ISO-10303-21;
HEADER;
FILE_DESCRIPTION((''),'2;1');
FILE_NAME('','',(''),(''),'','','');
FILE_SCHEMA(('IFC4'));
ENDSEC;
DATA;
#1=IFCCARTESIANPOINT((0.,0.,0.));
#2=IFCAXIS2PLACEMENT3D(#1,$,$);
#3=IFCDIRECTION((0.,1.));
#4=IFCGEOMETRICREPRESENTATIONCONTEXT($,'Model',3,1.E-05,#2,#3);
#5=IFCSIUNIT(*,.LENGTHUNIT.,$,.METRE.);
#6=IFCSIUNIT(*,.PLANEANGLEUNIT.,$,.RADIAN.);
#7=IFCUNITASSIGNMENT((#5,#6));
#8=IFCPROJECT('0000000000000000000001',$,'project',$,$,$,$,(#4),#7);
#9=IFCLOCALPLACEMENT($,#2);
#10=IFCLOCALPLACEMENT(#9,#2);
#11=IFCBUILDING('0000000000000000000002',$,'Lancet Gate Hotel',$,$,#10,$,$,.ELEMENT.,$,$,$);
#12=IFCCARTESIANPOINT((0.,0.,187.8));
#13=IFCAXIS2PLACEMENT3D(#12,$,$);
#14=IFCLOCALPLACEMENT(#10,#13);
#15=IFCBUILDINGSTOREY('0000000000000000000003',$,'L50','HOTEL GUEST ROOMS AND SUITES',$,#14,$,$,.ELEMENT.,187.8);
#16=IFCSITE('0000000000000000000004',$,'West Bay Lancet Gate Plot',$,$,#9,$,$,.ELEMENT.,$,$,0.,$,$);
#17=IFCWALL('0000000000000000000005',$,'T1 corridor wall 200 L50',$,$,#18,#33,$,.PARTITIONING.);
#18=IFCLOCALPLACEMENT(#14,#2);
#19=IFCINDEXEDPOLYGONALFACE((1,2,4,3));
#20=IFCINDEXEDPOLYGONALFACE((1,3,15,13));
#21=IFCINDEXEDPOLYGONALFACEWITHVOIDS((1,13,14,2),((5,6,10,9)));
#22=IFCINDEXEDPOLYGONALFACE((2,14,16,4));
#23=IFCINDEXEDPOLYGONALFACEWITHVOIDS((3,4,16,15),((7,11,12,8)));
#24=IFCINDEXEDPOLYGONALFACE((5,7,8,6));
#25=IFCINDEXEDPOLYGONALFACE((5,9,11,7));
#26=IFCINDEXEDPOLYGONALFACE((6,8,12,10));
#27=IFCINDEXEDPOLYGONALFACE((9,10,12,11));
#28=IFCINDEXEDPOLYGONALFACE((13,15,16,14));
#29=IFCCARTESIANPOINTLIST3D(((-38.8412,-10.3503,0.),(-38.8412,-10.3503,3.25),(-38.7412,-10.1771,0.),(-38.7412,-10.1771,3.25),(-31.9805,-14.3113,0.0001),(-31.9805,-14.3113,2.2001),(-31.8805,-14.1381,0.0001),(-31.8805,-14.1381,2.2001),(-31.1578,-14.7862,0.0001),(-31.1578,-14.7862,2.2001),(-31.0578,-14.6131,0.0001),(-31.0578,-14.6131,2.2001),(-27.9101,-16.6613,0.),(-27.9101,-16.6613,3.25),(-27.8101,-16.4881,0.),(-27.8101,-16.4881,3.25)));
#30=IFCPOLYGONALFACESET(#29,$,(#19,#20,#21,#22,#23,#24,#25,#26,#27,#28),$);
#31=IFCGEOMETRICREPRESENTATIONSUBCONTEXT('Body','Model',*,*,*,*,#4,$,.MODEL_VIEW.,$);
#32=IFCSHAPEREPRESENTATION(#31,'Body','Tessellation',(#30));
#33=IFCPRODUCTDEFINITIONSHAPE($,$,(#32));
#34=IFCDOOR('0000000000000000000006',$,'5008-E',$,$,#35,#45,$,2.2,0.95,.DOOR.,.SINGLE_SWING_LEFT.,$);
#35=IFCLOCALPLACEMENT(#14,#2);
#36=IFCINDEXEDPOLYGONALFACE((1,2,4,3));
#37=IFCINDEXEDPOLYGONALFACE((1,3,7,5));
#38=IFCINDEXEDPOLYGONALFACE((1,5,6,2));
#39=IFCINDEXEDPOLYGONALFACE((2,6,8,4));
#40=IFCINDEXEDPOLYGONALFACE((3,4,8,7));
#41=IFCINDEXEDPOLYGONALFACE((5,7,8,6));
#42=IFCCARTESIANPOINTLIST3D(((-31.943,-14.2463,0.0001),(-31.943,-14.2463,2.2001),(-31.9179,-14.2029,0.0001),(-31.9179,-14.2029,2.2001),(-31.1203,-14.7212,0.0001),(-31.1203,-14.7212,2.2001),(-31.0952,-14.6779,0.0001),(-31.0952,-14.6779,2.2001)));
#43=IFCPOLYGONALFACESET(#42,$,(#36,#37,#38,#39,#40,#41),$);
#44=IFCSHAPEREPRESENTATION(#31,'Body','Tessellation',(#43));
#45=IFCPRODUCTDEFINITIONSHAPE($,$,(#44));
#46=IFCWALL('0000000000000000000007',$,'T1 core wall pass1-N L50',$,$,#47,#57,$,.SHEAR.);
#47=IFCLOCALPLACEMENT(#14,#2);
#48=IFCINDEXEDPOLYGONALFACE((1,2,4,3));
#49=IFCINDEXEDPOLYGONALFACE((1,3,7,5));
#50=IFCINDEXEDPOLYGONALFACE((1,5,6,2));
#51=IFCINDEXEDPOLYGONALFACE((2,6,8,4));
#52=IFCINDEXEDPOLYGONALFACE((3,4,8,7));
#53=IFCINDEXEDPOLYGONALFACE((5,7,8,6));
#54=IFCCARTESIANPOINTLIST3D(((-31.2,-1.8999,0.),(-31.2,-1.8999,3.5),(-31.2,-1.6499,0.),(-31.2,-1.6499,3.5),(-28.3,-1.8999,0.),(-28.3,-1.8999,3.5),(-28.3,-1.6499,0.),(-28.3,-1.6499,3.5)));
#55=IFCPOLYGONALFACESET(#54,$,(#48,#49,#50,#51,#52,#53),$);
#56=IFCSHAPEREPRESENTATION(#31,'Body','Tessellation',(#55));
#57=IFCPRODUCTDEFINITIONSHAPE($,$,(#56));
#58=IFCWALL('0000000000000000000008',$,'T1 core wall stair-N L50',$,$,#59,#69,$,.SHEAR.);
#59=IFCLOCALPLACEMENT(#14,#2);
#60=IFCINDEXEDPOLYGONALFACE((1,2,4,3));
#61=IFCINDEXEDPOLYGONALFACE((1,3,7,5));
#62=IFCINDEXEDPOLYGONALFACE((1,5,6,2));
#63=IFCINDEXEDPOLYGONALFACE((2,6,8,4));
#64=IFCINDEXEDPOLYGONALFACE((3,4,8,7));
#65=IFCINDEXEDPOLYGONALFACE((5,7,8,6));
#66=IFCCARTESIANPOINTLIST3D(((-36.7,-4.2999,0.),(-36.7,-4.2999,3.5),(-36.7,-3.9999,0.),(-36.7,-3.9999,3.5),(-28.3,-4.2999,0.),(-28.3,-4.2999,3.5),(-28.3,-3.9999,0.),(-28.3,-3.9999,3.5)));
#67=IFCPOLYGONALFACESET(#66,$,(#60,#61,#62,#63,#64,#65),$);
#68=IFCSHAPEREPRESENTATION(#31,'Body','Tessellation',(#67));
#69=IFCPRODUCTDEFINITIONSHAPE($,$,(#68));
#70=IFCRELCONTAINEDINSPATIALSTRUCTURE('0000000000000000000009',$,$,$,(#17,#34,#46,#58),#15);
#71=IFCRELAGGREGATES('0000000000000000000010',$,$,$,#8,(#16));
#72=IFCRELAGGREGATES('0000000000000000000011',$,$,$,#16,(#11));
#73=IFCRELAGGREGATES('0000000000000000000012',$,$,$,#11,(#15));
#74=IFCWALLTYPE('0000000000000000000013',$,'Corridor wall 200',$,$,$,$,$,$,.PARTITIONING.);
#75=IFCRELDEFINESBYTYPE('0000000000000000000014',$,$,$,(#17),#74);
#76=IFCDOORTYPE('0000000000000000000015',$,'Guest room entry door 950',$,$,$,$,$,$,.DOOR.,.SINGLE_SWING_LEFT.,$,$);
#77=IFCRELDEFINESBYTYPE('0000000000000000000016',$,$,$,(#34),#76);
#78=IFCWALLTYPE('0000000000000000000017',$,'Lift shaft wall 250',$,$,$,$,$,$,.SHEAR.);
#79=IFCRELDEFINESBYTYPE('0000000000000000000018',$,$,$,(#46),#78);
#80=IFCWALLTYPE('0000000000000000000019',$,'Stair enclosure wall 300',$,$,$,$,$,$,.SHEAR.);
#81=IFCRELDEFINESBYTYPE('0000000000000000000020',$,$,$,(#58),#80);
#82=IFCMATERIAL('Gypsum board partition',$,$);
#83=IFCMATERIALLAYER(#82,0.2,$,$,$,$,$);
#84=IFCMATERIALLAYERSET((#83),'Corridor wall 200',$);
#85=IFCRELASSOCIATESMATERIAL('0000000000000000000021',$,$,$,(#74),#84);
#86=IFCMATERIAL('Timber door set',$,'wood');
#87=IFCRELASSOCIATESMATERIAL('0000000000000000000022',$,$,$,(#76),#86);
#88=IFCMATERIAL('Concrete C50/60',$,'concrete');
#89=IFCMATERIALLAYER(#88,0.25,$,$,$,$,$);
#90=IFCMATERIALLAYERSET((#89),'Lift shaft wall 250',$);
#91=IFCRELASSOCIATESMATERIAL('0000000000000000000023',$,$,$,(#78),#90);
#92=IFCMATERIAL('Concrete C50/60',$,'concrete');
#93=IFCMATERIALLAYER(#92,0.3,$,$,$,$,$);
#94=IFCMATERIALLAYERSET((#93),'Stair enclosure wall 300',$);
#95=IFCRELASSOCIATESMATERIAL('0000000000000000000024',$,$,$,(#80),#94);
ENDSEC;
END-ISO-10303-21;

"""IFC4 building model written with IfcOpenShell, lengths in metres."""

from ifc_helpers import new_model, si_unit, direction, frame, frame_2d, origin, place, context, subcontext, project, spatial, rectangle, extrude, material, layer, layer_set, type_object, element, fill, save


model = new_model("IFC4")

# Units and contexts
model_context = context("Model", 3, precision=1e-05, world=origin(), true_north=direction((0.0, 1.0)))
body_context = subcontext(model_context, "Body", "Model", "MODEL_VIEW")
ifc_project = project(units=[si_unit("LENGTHUNIT", "METRE"), si_unit("PLANEANGLEUNIT", "RADIAN")], contexts=[model_context])

# Site, building, storey
site_placement = place(None, origin())
site = spatial("IfcSite", under=ifc_project, at=site_placement, Name="West Bay Lancet Gate Plot", CompositionType="ELEMENT", RefElevation=0.0)
building_placement = place(site_placement, origin())
building = spatial("IfcBuilding", under=site, at=building_placement, Name="Lancet Gate Hotel", CompositionType="ELEMENT")
storey_placement = place(building_placement, frame((0.0, 0.0, 187.8)))
storey = spatial("IfcBuildingStorey", under=building, at=storey_placement, Name="L50", Description="HOTEL GUEST ROOMS AND SUITES", CompositionType="ELEMENT", Elevation=187.8)

# Wall, opening, door
ifc_material_1 = material(Name="Gypsum board partition")
ifc_layer_1 = layer(ifc_material_1, 0.2)
ifc_layer_set_1 = layer_set([ifc_layer_1], Name="Corridor wall 200")
wall_type_1 = type_object("IfcWallType", Name="Corridor wall 200", PredefinedType="PARTITIONING", material=ifc_layer_set_1)
wall_1_placement = place(storey_placement, frame((-27.8601, -16.5747, 0.0), z_axis=(0.0, 0.0, 1.0), x_axis=(-0.866028, 0.499996, 0.0)))
wall_1 = element("IfcWall", 1, at=wall_1_placement, inside=storey, type_object=wall_type_1, Name="T1 corridor wall 200 L50", PredefinedType="PARTITIONING", context=body_context, shape_type="SweptSolid", body=[
    extrude(rectangle(XDim=12.6221, YDim=0.2, at=frame_2d((6.311, 0.0))), origin(), (0.0, 0.0, 1.0), 3.25),
])
opening_1_placement = place(wall_1_placement, frame((3.75, 0.0, 0.0)))
opening_1 = element("IfcOpeningElement", 2, at=opening_1_placement, cuts=wall_1, PredefinedType="OPENING", context=body_context, shape_type="SweptSolid", body=[
    extrude(rectangle(XDim=0.95, YDim=2.2, at=frame_2d((0.4751, 1.1001))), frame((0.0, 0.1099, 0.0), z_axis=(0.0, -1.0, 0.0), x_axis=(1.0, 0.0, 0.0)), (0.0, 0.0, 1.0), 0.22),
])
ifc_material_2 = material(Name="Timber door set", Category="wood")
door_type_1 = type_object("IfcDoorType", Name="Guest room entry door 950", OperationType="SINGLE_SWING_LEFT", PredefinedType="DOOR", material=ifc_material_2)
door_1_placement = place(opening_1_placement, origin())
door_1 = element("IfcDoor", 3, at=door_1_placement, inside=storey, type_object=door_type_1, Name="5008-E", OperationType="SINGLE_SWING_LEFT", OverallHeight=2.2, OverallWidth=0.95, PredefinedType="DOOR", context=body_context, shape_type="SweptSolid", body=[
    extrude(rectangle(XDim=0.95, YDim=2.2, at=frame_2d((0.4751, 1.1001))), frame((0.0, 0.0249, 0.0), z_axis=(0.0, -1.0, 0.0), x_axis=(1.0, 0.0, 0.0)), (0.0, 0.0, 1.0), 0.05),
])
fill(opening_1, door_1)

# Walls
ifc_material_3 = material(Name="Concrete C50/60", Category="concrete")
ifc_layer_2 = layer(ifc_material_3, 0.25)
ifc_layer_set_2 = layer_set([ifc_layer_2], Name="Lift shaft wall 250")
wall_type_2 = type_object("IfcWallType", Name="Lift shaft wall 250", PredefinedType="SHEAR", material=ifc_layer_set_2)
wall_2_placement = place(storey_placement, frame((-28.3, -1.7749, 0.0), z_axis=(0.0, 0.0, 1.0), x_axis=(-1.0, 0.0, 0.0)))
element("IfcWall", 4, at=wall_2_placement, inside=storey, type_object=wall_type_2, Name="T1 core wall pass1-N L50", PredefinedType="SHEAR", context=body_context, shape_type="SweptSolid", body=[
    extrude(rectangle(XDim=2.8999, YDim=0.25, at=frame_2d((1.45, 0.0))), origin(), (0.0, 0.0, 1.0), 3.5),
])
ifc_material_4 = material(Name="Concrete C50/60", Category="concrete")
ifc_layer_3 = layer(ifc_material_4, 0.3)
ifc_layer_set_3 = layer_set([ifc_layer_3], Name="Stair enclosure wall 300")
wall_type_3 = type_object("IfcWallType", Name="Stair enclosure wall 300", PredefinedType="SHEAR", material=ifc_layer_set_3)
wall_3_placement = place(storey_placement, frame((-28.3, -4.1499, 0.0), z_axis=(0.0, 0.0, 1.0), x_axis=(-1.0, 0.0, 0.0)))
element("IfcWall", 5, at=wall_3_placement, inside=storey, type_object=wall_type_3, Name="T1 core wall stair-N L50", PredefinedType="SHEAR", context=body_context, shape_type="SweptSolid", body=[
    extrude(rectangle(XDim=8.3999, YDim=0.3, at=frame_2d((4.2, 0.0))), origin(), (0.0, 0.0, 1.0), 3.5),
])

save(model, "model.ifc")
